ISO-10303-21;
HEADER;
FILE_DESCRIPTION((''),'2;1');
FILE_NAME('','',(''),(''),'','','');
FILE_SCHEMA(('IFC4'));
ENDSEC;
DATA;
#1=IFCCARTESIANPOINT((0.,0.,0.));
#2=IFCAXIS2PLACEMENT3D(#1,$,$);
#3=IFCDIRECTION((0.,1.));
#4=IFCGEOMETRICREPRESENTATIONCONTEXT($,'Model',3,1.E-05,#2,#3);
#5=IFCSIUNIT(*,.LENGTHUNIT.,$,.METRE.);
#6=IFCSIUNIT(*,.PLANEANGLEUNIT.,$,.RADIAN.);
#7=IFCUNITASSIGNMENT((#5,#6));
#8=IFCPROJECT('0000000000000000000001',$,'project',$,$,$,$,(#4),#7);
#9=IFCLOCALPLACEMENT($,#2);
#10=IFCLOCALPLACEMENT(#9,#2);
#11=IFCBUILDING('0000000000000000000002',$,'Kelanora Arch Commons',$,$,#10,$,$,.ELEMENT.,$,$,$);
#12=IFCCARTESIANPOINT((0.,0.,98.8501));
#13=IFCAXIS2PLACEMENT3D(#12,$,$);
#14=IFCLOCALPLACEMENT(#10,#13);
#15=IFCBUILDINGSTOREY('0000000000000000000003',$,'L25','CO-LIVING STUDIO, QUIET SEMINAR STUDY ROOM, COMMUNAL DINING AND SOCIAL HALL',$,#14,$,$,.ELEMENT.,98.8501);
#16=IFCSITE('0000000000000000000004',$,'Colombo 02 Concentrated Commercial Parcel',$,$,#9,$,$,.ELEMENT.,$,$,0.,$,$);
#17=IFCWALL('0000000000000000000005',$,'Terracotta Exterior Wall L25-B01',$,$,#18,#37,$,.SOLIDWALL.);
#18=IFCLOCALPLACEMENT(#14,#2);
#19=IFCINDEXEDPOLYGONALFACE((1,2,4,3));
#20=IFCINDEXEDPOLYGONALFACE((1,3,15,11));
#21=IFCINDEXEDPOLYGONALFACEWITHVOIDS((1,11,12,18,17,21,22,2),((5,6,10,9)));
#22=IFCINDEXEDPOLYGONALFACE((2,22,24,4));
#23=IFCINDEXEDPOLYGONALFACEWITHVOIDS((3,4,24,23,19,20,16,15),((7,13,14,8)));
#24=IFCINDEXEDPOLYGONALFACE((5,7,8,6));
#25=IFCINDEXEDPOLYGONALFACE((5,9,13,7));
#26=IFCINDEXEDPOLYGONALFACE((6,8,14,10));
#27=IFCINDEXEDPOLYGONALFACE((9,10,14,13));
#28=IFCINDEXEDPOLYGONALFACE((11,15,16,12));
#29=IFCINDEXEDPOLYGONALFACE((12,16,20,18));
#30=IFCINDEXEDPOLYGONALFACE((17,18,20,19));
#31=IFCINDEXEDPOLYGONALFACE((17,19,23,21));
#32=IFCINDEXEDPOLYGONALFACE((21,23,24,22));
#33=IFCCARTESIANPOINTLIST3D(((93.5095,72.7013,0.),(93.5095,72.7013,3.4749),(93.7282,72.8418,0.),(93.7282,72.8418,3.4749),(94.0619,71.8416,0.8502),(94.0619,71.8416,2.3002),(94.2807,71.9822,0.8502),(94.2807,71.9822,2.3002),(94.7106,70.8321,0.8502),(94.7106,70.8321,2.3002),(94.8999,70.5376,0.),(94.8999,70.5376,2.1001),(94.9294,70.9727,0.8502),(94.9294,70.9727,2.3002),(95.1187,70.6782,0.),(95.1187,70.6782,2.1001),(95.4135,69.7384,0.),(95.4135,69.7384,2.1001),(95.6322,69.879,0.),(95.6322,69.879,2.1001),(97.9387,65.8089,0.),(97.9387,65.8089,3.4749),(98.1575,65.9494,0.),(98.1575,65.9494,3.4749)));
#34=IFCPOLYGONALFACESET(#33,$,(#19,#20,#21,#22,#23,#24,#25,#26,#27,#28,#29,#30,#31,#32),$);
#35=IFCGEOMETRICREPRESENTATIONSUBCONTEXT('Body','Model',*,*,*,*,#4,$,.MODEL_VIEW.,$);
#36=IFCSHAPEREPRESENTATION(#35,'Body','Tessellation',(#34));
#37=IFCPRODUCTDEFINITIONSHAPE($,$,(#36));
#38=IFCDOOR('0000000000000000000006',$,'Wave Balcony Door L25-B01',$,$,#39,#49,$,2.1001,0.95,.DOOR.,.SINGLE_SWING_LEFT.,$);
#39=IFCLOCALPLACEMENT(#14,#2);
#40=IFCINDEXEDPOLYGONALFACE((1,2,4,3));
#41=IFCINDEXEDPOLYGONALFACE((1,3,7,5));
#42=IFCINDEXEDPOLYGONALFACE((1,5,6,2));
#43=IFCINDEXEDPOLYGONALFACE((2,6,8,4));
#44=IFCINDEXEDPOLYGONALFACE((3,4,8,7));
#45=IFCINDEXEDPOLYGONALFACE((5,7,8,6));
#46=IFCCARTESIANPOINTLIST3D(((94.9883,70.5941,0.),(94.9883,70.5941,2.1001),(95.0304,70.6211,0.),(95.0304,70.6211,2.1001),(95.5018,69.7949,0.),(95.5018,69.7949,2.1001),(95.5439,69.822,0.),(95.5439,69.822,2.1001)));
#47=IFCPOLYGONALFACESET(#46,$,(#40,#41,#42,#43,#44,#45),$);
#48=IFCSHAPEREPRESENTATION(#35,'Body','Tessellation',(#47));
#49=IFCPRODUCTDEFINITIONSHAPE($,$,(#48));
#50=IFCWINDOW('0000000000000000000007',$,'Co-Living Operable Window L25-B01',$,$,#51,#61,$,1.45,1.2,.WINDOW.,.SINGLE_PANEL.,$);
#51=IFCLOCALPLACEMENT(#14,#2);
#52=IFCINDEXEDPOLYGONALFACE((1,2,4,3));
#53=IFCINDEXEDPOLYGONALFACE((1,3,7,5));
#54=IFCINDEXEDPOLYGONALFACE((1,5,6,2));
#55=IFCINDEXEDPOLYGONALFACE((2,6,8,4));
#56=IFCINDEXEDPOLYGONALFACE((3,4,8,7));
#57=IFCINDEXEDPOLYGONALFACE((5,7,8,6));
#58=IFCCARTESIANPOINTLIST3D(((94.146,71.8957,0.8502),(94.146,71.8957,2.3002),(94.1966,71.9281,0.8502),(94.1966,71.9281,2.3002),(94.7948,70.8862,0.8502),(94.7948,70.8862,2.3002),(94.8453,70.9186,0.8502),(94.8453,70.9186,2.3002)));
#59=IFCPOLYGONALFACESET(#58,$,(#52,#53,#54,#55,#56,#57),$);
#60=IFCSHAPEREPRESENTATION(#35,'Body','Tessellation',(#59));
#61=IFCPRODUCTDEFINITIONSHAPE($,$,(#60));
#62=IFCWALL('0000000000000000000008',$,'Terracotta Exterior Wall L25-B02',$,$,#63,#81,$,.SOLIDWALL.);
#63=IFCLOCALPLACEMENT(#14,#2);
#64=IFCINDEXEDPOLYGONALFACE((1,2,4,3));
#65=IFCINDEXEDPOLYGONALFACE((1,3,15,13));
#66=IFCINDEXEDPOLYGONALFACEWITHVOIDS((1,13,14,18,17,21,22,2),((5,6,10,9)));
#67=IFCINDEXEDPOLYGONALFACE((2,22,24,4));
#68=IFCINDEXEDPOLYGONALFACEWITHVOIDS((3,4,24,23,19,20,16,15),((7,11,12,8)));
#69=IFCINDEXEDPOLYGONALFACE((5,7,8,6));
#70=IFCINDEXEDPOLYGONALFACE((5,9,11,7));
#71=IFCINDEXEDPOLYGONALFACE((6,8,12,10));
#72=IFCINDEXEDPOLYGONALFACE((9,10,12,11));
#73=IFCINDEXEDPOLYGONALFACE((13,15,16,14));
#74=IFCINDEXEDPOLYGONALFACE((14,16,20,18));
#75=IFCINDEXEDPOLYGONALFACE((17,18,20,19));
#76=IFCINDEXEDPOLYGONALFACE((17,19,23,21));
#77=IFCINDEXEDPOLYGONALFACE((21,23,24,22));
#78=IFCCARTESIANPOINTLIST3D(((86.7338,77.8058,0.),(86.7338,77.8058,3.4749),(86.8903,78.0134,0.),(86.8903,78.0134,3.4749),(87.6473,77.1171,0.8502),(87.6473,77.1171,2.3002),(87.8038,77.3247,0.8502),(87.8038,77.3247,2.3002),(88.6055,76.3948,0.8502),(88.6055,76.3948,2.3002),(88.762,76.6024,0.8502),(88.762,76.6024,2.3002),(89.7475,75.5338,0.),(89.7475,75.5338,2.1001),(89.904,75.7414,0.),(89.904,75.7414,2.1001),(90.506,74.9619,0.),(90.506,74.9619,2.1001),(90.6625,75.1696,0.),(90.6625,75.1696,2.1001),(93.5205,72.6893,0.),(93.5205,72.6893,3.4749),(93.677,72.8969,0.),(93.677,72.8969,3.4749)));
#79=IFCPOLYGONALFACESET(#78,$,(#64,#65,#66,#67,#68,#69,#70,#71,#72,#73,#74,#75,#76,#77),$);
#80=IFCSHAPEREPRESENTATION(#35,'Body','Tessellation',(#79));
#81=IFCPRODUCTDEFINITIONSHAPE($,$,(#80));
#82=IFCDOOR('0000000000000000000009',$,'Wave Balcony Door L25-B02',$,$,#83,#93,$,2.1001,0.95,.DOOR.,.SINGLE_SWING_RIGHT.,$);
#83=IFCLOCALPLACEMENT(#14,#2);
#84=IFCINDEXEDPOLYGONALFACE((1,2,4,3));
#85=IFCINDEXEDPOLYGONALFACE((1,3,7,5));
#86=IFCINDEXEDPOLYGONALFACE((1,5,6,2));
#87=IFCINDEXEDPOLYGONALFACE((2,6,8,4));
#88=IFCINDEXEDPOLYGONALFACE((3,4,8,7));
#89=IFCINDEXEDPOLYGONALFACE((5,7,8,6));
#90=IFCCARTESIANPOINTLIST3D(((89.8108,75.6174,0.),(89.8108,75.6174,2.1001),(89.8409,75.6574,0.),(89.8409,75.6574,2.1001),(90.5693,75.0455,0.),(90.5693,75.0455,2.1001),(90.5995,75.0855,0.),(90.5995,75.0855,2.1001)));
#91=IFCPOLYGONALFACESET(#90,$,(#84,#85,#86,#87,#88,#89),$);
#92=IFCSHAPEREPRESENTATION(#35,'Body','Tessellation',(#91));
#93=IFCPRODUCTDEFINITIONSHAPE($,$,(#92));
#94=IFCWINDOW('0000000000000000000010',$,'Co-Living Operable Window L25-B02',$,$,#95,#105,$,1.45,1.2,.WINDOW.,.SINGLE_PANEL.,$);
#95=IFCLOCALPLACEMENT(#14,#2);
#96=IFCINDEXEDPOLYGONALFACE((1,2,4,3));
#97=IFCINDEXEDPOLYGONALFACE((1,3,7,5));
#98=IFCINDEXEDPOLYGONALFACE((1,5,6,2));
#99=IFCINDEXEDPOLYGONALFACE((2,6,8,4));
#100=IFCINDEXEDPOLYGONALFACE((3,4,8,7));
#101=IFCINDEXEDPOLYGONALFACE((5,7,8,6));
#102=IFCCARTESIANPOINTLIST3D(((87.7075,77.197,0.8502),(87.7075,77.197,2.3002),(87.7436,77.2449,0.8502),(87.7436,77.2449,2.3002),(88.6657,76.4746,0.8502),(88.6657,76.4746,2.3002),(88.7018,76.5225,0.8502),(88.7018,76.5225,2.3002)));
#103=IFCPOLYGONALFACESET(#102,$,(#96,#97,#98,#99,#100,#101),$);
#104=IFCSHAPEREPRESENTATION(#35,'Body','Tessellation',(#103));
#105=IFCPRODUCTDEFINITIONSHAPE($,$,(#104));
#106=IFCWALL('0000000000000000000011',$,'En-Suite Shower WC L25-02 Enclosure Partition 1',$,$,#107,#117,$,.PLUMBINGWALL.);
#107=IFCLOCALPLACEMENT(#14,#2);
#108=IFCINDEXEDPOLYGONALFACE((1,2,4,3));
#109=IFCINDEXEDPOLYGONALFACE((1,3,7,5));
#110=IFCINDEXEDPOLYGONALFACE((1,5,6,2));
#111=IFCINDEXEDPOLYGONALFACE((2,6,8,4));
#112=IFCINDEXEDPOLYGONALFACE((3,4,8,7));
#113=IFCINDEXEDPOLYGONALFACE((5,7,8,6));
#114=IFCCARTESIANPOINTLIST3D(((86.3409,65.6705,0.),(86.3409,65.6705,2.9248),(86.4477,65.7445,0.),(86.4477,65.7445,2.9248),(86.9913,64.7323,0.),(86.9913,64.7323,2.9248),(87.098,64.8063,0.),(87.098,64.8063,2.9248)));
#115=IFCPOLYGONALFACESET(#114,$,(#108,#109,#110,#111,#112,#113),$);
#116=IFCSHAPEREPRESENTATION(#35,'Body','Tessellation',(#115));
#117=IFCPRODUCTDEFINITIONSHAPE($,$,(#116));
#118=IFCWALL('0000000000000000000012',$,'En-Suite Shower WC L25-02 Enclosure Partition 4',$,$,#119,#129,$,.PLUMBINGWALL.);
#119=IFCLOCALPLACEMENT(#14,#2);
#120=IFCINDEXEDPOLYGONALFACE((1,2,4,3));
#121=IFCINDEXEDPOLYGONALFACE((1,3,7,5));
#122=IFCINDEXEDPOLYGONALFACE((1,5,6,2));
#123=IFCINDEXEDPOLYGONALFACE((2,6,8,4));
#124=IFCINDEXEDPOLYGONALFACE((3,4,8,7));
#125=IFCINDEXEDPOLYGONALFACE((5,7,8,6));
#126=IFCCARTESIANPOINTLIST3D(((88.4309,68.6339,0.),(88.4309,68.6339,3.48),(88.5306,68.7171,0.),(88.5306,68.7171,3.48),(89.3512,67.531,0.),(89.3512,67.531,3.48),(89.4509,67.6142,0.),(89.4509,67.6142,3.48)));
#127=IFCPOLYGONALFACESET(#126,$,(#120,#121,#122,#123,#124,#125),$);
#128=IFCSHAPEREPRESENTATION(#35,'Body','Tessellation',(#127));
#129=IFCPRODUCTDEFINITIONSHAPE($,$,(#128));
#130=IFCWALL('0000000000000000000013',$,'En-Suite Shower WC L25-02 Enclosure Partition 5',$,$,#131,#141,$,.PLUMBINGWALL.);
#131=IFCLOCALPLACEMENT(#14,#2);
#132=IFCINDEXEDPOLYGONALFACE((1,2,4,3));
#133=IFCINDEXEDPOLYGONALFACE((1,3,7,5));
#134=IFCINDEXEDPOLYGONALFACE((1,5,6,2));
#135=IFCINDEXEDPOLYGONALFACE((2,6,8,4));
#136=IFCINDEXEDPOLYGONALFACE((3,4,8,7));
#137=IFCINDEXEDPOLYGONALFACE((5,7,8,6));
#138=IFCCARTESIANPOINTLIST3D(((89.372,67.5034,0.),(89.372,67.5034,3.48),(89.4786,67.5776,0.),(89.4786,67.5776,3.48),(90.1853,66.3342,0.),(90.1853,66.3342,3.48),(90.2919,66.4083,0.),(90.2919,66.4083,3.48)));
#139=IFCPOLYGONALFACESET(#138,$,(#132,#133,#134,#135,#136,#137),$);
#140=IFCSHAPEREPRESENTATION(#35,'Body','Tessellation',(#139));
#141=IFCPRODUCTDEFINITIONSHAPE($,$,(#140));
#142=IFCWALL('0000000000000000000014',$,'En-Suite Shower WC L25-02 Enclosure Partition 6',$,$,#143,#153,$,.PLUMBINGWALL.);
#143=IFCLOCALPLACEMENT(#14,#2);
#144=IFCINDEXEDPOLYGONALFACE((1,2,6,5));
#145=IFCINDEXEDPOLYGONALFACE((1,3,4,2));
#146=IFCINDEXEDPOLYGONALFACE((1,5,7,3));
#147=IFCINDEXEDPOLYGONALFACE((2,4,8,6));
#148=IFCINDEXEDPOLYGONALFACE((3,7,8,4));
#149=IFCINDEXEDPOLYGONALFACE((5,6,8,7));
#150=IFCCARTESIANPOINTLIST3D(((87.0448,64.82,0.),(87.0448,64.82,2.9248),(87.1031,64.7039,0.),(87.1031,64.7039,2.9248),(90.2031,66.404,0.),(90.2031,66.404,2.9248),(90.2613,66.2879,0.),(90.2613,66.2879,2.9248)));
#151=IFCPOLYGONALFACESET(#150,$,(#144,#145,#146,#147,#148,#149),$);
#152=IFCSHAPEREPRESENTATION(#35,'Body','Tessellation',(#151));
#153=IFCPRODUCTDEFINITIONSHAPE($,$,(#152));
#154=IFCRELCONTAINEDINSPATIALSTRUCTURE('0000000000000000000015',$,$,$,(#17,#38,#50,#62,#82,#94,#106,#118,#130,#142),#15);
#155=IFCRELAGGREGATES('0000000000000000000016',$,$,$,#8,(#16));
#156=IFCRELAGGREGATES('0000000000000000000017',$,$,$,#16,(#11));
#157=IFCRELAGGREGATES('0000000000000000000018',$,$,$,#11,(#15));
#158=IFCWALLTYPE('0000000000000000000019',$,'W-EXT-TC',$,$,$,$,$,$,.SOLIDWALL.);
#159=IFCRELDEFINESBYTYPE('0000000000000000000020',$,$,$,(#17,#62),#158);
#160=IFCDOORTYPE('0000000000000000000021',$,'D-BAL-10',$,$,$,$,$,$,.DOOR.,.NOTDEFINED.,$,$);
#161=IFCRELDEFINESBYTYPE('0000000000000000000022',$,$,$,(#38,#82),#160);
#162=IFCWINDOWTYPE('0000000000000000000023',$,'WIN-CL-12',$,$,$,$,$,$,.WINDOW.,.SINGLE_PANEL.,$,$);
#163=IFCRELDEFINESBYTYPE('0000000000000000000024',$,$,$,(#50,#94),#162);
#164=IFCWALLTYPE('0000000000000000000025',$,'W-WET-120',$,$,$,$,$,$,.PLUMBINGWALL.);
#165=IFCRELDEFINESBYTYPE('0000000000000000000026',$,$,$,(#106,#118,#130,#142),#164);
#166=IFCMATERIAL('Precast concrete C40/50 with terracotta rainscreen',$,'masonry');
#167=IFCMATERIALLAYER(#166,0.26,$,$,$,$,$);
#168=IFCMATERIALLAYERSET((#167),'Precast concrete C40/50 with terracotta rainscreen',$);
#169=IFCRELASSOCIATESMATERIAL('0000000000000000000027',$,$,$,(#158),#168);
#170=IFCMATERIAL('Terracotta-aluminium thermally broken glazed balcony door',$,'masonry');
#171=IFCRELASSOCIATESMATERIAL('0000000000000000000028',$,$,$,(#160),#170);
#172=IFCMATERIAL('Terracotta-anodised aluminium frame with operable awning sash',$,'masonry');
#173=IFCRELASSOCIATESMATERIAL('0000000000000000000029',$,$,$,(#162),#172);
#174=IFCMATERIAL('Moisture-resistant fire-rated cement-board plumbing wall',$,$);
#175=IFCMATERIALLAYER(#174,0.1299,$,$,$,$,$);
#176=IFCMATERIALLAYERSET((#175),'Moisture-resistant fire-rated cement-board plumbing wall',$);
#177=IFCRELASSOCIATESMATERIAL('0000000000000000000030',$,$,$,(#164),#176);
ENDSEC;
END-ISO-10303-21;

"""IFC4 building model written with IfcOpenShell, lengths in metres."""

from ifc_helpers import new_model, si_unit, direction, frame, frame_2d, origin, place, context, subcontext, project, spatial, rectangle, extrude, material, layer, layer_set, type_object, element, fill, save


model = new_model("IFC4")

# Units and contexts
model_context = context("Model", 3, precision=1e-05, world=origin(), true_north=direction((0.0, 1.0)))
body_context = subcontext(model_context, "Body", "Model", "MODEL_VIEW")
ifc_project = project(units=[si_unit("LENGTHUNIT", "METRE"), si_unit("PLANEANGLEUNIT", "RADIAN")], contexts=[model_context])

# Site, building, storey
site_placement = place(None, origin())
site = spatial("IfcSite", under=ifc_project, at=site_placement, Name="Colombo 02 Concentrated Commercial Parcel", CompositionType="ELEMENT", RefElevation=0.0)
building_placement = place(site_placement, origin())
building = spatial("IfcBuilding", under=site, at=building_placement, Name="Kelanora Arch Commons", CompositionType="ELEMENT")
storey_placement = place(building_placement, frame((0.0, 0.0, 98.8501)))
storey = spatial("IfcBuildingStorey", under=building, at=storey_placement, Name="L25", Description="CO-LIVING STUDIO, QUIET SEMINAR STUDY ROOM, COMMUNAL DINING AND SOCIAL HALL", CompositionType="ELEMENT", Elevation=98.8501)

# Walls, openings, doors, windows
ifc_material_1 = material(Name="Precast concrete C40/50 with terracotta rainscreen", Category="masonry")
ifc_layer_1 = layer(ifc_material_1, 0.26)
ifc_layer_set_1 = layer_set([ifc_layer_1], Name="Precast concrete C40/50 with terracotta rainscreen")
wall_type_1 = type_object("IfcWallType", Name="W-EXT-TC", PredefinedType="SOLIDWALL", material=ifc_layer_set_1)
wall_1_placement = place(storey_placement, frame((98.0481, 65.8792, 0.0), z_axis=(0.0, 0.0, 1.0), x_axis=(-0.540621, 0.841267, 0.0)))
wall_1 = element("IfcWall", 1, at=wall_1_placement, inside=storey, type_object=wall_type_1, Name="Terracotta Exterior Wall L25-B01", PredefinedType="SOLIDWALL", context=body_context, shape_type="SweptSolid", body=[
    extrude(rectangle(XDim=8.1929, YDim=0.26, at=frame_2d((4.0964, 0.0))), origin(), (0.0, 0.0, 1.0), 3.4749),
])
opening_1_placement = place(wall_1_placement, frame((4.6709, 0.0, 0.0)))
opening_1 = element("IfcOpeningElement", 2, at=opening_1_placement, cuts=wall_1, PredefinedType="OPENING", context=body_context, shape_type="SweptSolid", body=[
    extrude(rectangle(XDim=0.95, YDim=2.1001, at=frame_2d((0.4751, 1.05))), frame((0.0, 0.1401, 0.0), z_axis=(0.0, -1.0, 0.0), x_axis=(1.0, 0.0, 0.0)), (0.0, 0.0, 1.0), 0.28),
])
opening_2_placement = place(wall_1_placement, frame((5.9709, 0.0, 0.8501)))
opening_2 = element("IfcOpeningElement", 3, at=opening_2_placement, cuts=wall_1, PredefinedType="OPENING", context=body_context, shape_type="SweptSolid", body=[
    extrude(rectangle(XDim=1.2, YDim=1.45, at=frame_2d((0.6001, 0.7251))), frame((0.0, 0.1401, 0.0), z_axis=(0.0, -1.0, 0.0), x_axis=(1.0, 0.0, 0.0)), (0.0, 0.0, 1.0), 0.28),
])
ifc_material_2 = material(Name="Terracotta-aluminium thermally broken glazed balcony door", Category="masonry")
door_type = type_object("IfcDoorType", Name="D-BAL-10", OperationType="NOTDEFINED", PredefinedType="DOOR", material=ifc_material_2)
door_1_placement = place(opening_1_placement, frame((0.95, 0.0, 0.0), z_axis=(0.0, 0.0, 1.0), x_axis=(-1.0, 0.0, 0.0)))
door_1 = element("IfcDoor", 4, at=door_1_placement, inside=storey, type_object=door_type, Name="Wave Balcony Door L25-B01", OperationType="SINGLE_SWING_LEFT", OverallHeight=2.1001, OverallWidth=0.95, PredefinedType="DOOR", context=body_context, shape_type="SweptSolid", body=[
    extrude(rectangle(XDim=0.95, YDim=2.1001, at=frame_2d((0.4751, 1.05))), frame((0.0, 0.0249, 0.0), z_axis=(0.0, -1.0, 0.0), x_axis=(1.0, 0.0, 0.0)), (0.0, 0.0, 1.0), 0.05),
])
fill(opening_1, door_1)
ifc_material_3 = material(Name="Terracotta-anodised aluminium frame with operable awning sash", Category="masonry")
window_type = type_object("IfcWindowType", Name="WIN-CL-12", PartitioningType="SINGLE_PANEL", PredefinedType="WINDOW", material=ifc_material_3)
window_1_placement = place(opening_2_placement, origin())
window_1 = element("IfcWindow", 5, at=window_1_placement, inside=storey, type_object=window_type, Name="Co-Living Operable Window L25-B01", OverallHeight=1.45, OverallWidth=1.2, PartitioningType="SINGLE_PANEL", PredefinedType="WINDOW", context=body_context, shape_type="SweptSolid", body=[
    extrude(rectangle(XDim=1.2, YDim=1.45, at=frame_2d((0.6001, 0.7251))), frame((0.0, 0.03, 0.0), z_axis=(0.0, -1.0, 0.0), x_axis=(1.0, 0.0, 0.0)), (0.0, 0.0, 1.0), 0.0601),
])
fill(opening_2, window_1)
wall_2_placement = place(storey_placement, frame((93.5986, 72.7932, 0.0), z_axis=(0.0, 0.0, 1.0), x_axis=(-0.798502, 0.601993, 0.0)))
wall_2 = element("IfcWall", 6, at=wall_2_placement, inside=storey, type_object=wall_type_1, Name="Terracotta Exterior Wall L25-B02", PredefinedType="SOLIDWALL", context=body_context, shape_type="SweptSolid", body=[
    extrude(rectangle(XDim=8.4993, YDim=0.26, at=frame_2d((4.2495, 0.0))), origin(), (0.0, 0.0, 1.0), 3.4749),
])
opening_3_placement = place(wall_2_placement, frame((3.7749, 0.0, 0.0)))
opening_3 = element("IfcOpeningElement", 7, at=opening_3_placement, cuts=wall_2, PredefinedType="OPENING", context=body_context, shape_type="SweptSolid", body=[
    extrude(rectangle(XDim=0.95, YDim=2.1001, at=frame_2d((0.4751, 1.05))), frame((0.0, 0.1401, 0.0), z_axis=(0.0, -1.0, 0.0), x_axis=(1.0, 0.0, 0.0)), (0.0, 0.0, 1.0), 0.28),
])
opening_4_placement = place(wall_2_placement, frame((6.155, 0.0, 0.8501)))
opening_4 = element("IfcOpeningElement", 8, at=opening_4_placement, cuts=wall_2, PredefinedType="OPENING", context=body_context, shape_type="SweptSolid", body=[
    extrude(rectangle(XDim=1.2, YDim=1.45, at=frame_2d((0.6001, 0.7251))), frame((0.0, 0.1401, 0.0), z_axis=(0.0, -1.0, 0.0), x_axis=(1.0, 0.0, 0.0)), (0.0, 0.0, 1.0), 0.28),
])
door_2_placement = place(opening_3_placement, frame((0.95, 0.0, 0.0), z_axis=(0.0, 0.0, 1.0), x_axis=(-1.0, 0.0, 0.0)))
door_2 = element("IfcDoor", 9, at=door_2_placement, inside=storey, type_object=door_type, Name="Wave Balcony Door L25-B02", OperationType="SINGLE_SWING_RIGHT", OverallHeight=2.1001, OverallWidth=0.95, PredefinedType="DOOR", context=body_context, shape_type="SweptSolid", body=[
    extrude(rectangle(XDim=0.95, YDim=2.1001, at=frame_2d((0.4751, 1.05))), frame((0.0, 0.0249, 0.0), z_axis=(0.0, -1.0, 0.0), x_axis=(1.0, 0.0, 0.0)), (0.0, 0.0, 1.0), 0.05),
])
fill(opening_3, door_2)
window_2_placement = place(opening_4_placement, origin())
window_2 = element("IfcWindow", 10, at=window_2_placement, inside=storey, type_object=window_type, Name="Co-Living Operable Window L25-B02", OverallHeight=1.45, OverallWidth=1.2, PartitioningType="SINGLE_PANEL", PredefinedType="WINDOW", context=body_context, shape_type="SweptSolid", body=[
    extrude(rectangle(XDim=1.2, YDim=1.45, at=frame_2d((0.6001, 0.7251))), frame((0.0, 0.03, 0.0), z_axis=(0.0, -1.0, 0.0), x_axis=(1.0, 0.0, 0.0)), (0.0, 0.0, 1.0), 0.0601),
])
fill(opening_4, window_2)

# Walls
ifc_material_4 = material(Name="Moisture-resistant fire-rated cement-board plumbing wall")
ifc_layer_2 = layer(ifc_material_4, 0.1299)
ifc_layer_set_2 = layer_set([ifc_layer_2], Name="Moisture-resistant fire-rated cement-board plumbing wall")
wall_type_2 = type_object("IfcWallType", Name="W-WET-120", PredefinedType="PLUMBINGWALL", material=ifc_layer_set_2)
wall_3_placement = place(storey_placement, frame((87.0447, 64.7693, 0.0), z_axis=(0.0, 0.0, 1.0), x_axis=(-0.56971, 0.821846, 0.0)))
element("IfcWall", 11, at=wall_3_placement, inside=storey, type_object=wall_type_2, Name="En-Suite Shower WC L25-02 Enclosure Partition 1", PredefinedType="PLUMBINGWALL", context=body_context, shape_type="SweptSolid", body=[
    extrude(rectangle(XDim=1.1416, YDim=0.1299, at=frame_2d((0.5708, 0.0))), origin(), (0.0, 0.0, 1.0), 2.9248),
])
wall_4_placement = place(storey_placement, frame((88.4807, 68.6755, 0.0), z_axis=(0.0, 0.0, 1.0), x_axis=(0.640686, -0.767803, 0.0)))
element("IfcWall", 12, at=wall_4_placement, inside=storey, type_object=wall_type_2, Name="En-Suite Shower WC L25-02 Enclosure Partition 4", PredefinedType="PLUMBINGWALL", context=body_context, shape_type="SweptSolid", body=[
    extrude(rectangle(XDim=1.4365, YDim=0.1299, at=frame_2d((0.7183, 0.0))), origin(), (0.0, 0.0, 1.0), 3.48),
])
wall_5_placement = place(storey_placement, frame((89.4253, 67.5405, 0.0), z_axis=(0.0, 0.0, 1.0), x_axis=(0.571009, -0.820944, 0.0)))
element("IfcWall", 13, at=wall_5_placement, inside=storey, type_object=wall_type_2, Name="En-Suite Shower WC L25-02 Enclosure Partition 5", PredefinedType="PLUMBINGWALL", context=body_context, shape_type="SweptSolid", body=[
    extrude(rectangle(XDim=1.4243, YDim=0.1299, at=frame_2d((0.7122, 0.0))), origin(), (0.0, 0.0, 1.0), 3.48),
])
wall_6_placement = place(storey_placement, frame((90.2322, 66.3459, 0.0), z_axis=(0.0, 0.0, 1.0), x_axis=(-0.893874, -0.448319, 0.0)))
element("IfcWall", 14, at=wall_6_placement, inside=storey, type_object=wall_type_2, Name="En-Suite Shower WC L25-02 Enclosure Partition 6", PredefinedType="PLUMBINGWALL", context=body_context, shape_type="SweptSolid", body=[
    extrude(rectangle(XDim=3.5332, YDim=0.1299, at=frame_2d((1.7666, 0.0))), origin(), (0.0, 0.0, 1.0), 2.9248),
])

save(model, "model.ifc")
